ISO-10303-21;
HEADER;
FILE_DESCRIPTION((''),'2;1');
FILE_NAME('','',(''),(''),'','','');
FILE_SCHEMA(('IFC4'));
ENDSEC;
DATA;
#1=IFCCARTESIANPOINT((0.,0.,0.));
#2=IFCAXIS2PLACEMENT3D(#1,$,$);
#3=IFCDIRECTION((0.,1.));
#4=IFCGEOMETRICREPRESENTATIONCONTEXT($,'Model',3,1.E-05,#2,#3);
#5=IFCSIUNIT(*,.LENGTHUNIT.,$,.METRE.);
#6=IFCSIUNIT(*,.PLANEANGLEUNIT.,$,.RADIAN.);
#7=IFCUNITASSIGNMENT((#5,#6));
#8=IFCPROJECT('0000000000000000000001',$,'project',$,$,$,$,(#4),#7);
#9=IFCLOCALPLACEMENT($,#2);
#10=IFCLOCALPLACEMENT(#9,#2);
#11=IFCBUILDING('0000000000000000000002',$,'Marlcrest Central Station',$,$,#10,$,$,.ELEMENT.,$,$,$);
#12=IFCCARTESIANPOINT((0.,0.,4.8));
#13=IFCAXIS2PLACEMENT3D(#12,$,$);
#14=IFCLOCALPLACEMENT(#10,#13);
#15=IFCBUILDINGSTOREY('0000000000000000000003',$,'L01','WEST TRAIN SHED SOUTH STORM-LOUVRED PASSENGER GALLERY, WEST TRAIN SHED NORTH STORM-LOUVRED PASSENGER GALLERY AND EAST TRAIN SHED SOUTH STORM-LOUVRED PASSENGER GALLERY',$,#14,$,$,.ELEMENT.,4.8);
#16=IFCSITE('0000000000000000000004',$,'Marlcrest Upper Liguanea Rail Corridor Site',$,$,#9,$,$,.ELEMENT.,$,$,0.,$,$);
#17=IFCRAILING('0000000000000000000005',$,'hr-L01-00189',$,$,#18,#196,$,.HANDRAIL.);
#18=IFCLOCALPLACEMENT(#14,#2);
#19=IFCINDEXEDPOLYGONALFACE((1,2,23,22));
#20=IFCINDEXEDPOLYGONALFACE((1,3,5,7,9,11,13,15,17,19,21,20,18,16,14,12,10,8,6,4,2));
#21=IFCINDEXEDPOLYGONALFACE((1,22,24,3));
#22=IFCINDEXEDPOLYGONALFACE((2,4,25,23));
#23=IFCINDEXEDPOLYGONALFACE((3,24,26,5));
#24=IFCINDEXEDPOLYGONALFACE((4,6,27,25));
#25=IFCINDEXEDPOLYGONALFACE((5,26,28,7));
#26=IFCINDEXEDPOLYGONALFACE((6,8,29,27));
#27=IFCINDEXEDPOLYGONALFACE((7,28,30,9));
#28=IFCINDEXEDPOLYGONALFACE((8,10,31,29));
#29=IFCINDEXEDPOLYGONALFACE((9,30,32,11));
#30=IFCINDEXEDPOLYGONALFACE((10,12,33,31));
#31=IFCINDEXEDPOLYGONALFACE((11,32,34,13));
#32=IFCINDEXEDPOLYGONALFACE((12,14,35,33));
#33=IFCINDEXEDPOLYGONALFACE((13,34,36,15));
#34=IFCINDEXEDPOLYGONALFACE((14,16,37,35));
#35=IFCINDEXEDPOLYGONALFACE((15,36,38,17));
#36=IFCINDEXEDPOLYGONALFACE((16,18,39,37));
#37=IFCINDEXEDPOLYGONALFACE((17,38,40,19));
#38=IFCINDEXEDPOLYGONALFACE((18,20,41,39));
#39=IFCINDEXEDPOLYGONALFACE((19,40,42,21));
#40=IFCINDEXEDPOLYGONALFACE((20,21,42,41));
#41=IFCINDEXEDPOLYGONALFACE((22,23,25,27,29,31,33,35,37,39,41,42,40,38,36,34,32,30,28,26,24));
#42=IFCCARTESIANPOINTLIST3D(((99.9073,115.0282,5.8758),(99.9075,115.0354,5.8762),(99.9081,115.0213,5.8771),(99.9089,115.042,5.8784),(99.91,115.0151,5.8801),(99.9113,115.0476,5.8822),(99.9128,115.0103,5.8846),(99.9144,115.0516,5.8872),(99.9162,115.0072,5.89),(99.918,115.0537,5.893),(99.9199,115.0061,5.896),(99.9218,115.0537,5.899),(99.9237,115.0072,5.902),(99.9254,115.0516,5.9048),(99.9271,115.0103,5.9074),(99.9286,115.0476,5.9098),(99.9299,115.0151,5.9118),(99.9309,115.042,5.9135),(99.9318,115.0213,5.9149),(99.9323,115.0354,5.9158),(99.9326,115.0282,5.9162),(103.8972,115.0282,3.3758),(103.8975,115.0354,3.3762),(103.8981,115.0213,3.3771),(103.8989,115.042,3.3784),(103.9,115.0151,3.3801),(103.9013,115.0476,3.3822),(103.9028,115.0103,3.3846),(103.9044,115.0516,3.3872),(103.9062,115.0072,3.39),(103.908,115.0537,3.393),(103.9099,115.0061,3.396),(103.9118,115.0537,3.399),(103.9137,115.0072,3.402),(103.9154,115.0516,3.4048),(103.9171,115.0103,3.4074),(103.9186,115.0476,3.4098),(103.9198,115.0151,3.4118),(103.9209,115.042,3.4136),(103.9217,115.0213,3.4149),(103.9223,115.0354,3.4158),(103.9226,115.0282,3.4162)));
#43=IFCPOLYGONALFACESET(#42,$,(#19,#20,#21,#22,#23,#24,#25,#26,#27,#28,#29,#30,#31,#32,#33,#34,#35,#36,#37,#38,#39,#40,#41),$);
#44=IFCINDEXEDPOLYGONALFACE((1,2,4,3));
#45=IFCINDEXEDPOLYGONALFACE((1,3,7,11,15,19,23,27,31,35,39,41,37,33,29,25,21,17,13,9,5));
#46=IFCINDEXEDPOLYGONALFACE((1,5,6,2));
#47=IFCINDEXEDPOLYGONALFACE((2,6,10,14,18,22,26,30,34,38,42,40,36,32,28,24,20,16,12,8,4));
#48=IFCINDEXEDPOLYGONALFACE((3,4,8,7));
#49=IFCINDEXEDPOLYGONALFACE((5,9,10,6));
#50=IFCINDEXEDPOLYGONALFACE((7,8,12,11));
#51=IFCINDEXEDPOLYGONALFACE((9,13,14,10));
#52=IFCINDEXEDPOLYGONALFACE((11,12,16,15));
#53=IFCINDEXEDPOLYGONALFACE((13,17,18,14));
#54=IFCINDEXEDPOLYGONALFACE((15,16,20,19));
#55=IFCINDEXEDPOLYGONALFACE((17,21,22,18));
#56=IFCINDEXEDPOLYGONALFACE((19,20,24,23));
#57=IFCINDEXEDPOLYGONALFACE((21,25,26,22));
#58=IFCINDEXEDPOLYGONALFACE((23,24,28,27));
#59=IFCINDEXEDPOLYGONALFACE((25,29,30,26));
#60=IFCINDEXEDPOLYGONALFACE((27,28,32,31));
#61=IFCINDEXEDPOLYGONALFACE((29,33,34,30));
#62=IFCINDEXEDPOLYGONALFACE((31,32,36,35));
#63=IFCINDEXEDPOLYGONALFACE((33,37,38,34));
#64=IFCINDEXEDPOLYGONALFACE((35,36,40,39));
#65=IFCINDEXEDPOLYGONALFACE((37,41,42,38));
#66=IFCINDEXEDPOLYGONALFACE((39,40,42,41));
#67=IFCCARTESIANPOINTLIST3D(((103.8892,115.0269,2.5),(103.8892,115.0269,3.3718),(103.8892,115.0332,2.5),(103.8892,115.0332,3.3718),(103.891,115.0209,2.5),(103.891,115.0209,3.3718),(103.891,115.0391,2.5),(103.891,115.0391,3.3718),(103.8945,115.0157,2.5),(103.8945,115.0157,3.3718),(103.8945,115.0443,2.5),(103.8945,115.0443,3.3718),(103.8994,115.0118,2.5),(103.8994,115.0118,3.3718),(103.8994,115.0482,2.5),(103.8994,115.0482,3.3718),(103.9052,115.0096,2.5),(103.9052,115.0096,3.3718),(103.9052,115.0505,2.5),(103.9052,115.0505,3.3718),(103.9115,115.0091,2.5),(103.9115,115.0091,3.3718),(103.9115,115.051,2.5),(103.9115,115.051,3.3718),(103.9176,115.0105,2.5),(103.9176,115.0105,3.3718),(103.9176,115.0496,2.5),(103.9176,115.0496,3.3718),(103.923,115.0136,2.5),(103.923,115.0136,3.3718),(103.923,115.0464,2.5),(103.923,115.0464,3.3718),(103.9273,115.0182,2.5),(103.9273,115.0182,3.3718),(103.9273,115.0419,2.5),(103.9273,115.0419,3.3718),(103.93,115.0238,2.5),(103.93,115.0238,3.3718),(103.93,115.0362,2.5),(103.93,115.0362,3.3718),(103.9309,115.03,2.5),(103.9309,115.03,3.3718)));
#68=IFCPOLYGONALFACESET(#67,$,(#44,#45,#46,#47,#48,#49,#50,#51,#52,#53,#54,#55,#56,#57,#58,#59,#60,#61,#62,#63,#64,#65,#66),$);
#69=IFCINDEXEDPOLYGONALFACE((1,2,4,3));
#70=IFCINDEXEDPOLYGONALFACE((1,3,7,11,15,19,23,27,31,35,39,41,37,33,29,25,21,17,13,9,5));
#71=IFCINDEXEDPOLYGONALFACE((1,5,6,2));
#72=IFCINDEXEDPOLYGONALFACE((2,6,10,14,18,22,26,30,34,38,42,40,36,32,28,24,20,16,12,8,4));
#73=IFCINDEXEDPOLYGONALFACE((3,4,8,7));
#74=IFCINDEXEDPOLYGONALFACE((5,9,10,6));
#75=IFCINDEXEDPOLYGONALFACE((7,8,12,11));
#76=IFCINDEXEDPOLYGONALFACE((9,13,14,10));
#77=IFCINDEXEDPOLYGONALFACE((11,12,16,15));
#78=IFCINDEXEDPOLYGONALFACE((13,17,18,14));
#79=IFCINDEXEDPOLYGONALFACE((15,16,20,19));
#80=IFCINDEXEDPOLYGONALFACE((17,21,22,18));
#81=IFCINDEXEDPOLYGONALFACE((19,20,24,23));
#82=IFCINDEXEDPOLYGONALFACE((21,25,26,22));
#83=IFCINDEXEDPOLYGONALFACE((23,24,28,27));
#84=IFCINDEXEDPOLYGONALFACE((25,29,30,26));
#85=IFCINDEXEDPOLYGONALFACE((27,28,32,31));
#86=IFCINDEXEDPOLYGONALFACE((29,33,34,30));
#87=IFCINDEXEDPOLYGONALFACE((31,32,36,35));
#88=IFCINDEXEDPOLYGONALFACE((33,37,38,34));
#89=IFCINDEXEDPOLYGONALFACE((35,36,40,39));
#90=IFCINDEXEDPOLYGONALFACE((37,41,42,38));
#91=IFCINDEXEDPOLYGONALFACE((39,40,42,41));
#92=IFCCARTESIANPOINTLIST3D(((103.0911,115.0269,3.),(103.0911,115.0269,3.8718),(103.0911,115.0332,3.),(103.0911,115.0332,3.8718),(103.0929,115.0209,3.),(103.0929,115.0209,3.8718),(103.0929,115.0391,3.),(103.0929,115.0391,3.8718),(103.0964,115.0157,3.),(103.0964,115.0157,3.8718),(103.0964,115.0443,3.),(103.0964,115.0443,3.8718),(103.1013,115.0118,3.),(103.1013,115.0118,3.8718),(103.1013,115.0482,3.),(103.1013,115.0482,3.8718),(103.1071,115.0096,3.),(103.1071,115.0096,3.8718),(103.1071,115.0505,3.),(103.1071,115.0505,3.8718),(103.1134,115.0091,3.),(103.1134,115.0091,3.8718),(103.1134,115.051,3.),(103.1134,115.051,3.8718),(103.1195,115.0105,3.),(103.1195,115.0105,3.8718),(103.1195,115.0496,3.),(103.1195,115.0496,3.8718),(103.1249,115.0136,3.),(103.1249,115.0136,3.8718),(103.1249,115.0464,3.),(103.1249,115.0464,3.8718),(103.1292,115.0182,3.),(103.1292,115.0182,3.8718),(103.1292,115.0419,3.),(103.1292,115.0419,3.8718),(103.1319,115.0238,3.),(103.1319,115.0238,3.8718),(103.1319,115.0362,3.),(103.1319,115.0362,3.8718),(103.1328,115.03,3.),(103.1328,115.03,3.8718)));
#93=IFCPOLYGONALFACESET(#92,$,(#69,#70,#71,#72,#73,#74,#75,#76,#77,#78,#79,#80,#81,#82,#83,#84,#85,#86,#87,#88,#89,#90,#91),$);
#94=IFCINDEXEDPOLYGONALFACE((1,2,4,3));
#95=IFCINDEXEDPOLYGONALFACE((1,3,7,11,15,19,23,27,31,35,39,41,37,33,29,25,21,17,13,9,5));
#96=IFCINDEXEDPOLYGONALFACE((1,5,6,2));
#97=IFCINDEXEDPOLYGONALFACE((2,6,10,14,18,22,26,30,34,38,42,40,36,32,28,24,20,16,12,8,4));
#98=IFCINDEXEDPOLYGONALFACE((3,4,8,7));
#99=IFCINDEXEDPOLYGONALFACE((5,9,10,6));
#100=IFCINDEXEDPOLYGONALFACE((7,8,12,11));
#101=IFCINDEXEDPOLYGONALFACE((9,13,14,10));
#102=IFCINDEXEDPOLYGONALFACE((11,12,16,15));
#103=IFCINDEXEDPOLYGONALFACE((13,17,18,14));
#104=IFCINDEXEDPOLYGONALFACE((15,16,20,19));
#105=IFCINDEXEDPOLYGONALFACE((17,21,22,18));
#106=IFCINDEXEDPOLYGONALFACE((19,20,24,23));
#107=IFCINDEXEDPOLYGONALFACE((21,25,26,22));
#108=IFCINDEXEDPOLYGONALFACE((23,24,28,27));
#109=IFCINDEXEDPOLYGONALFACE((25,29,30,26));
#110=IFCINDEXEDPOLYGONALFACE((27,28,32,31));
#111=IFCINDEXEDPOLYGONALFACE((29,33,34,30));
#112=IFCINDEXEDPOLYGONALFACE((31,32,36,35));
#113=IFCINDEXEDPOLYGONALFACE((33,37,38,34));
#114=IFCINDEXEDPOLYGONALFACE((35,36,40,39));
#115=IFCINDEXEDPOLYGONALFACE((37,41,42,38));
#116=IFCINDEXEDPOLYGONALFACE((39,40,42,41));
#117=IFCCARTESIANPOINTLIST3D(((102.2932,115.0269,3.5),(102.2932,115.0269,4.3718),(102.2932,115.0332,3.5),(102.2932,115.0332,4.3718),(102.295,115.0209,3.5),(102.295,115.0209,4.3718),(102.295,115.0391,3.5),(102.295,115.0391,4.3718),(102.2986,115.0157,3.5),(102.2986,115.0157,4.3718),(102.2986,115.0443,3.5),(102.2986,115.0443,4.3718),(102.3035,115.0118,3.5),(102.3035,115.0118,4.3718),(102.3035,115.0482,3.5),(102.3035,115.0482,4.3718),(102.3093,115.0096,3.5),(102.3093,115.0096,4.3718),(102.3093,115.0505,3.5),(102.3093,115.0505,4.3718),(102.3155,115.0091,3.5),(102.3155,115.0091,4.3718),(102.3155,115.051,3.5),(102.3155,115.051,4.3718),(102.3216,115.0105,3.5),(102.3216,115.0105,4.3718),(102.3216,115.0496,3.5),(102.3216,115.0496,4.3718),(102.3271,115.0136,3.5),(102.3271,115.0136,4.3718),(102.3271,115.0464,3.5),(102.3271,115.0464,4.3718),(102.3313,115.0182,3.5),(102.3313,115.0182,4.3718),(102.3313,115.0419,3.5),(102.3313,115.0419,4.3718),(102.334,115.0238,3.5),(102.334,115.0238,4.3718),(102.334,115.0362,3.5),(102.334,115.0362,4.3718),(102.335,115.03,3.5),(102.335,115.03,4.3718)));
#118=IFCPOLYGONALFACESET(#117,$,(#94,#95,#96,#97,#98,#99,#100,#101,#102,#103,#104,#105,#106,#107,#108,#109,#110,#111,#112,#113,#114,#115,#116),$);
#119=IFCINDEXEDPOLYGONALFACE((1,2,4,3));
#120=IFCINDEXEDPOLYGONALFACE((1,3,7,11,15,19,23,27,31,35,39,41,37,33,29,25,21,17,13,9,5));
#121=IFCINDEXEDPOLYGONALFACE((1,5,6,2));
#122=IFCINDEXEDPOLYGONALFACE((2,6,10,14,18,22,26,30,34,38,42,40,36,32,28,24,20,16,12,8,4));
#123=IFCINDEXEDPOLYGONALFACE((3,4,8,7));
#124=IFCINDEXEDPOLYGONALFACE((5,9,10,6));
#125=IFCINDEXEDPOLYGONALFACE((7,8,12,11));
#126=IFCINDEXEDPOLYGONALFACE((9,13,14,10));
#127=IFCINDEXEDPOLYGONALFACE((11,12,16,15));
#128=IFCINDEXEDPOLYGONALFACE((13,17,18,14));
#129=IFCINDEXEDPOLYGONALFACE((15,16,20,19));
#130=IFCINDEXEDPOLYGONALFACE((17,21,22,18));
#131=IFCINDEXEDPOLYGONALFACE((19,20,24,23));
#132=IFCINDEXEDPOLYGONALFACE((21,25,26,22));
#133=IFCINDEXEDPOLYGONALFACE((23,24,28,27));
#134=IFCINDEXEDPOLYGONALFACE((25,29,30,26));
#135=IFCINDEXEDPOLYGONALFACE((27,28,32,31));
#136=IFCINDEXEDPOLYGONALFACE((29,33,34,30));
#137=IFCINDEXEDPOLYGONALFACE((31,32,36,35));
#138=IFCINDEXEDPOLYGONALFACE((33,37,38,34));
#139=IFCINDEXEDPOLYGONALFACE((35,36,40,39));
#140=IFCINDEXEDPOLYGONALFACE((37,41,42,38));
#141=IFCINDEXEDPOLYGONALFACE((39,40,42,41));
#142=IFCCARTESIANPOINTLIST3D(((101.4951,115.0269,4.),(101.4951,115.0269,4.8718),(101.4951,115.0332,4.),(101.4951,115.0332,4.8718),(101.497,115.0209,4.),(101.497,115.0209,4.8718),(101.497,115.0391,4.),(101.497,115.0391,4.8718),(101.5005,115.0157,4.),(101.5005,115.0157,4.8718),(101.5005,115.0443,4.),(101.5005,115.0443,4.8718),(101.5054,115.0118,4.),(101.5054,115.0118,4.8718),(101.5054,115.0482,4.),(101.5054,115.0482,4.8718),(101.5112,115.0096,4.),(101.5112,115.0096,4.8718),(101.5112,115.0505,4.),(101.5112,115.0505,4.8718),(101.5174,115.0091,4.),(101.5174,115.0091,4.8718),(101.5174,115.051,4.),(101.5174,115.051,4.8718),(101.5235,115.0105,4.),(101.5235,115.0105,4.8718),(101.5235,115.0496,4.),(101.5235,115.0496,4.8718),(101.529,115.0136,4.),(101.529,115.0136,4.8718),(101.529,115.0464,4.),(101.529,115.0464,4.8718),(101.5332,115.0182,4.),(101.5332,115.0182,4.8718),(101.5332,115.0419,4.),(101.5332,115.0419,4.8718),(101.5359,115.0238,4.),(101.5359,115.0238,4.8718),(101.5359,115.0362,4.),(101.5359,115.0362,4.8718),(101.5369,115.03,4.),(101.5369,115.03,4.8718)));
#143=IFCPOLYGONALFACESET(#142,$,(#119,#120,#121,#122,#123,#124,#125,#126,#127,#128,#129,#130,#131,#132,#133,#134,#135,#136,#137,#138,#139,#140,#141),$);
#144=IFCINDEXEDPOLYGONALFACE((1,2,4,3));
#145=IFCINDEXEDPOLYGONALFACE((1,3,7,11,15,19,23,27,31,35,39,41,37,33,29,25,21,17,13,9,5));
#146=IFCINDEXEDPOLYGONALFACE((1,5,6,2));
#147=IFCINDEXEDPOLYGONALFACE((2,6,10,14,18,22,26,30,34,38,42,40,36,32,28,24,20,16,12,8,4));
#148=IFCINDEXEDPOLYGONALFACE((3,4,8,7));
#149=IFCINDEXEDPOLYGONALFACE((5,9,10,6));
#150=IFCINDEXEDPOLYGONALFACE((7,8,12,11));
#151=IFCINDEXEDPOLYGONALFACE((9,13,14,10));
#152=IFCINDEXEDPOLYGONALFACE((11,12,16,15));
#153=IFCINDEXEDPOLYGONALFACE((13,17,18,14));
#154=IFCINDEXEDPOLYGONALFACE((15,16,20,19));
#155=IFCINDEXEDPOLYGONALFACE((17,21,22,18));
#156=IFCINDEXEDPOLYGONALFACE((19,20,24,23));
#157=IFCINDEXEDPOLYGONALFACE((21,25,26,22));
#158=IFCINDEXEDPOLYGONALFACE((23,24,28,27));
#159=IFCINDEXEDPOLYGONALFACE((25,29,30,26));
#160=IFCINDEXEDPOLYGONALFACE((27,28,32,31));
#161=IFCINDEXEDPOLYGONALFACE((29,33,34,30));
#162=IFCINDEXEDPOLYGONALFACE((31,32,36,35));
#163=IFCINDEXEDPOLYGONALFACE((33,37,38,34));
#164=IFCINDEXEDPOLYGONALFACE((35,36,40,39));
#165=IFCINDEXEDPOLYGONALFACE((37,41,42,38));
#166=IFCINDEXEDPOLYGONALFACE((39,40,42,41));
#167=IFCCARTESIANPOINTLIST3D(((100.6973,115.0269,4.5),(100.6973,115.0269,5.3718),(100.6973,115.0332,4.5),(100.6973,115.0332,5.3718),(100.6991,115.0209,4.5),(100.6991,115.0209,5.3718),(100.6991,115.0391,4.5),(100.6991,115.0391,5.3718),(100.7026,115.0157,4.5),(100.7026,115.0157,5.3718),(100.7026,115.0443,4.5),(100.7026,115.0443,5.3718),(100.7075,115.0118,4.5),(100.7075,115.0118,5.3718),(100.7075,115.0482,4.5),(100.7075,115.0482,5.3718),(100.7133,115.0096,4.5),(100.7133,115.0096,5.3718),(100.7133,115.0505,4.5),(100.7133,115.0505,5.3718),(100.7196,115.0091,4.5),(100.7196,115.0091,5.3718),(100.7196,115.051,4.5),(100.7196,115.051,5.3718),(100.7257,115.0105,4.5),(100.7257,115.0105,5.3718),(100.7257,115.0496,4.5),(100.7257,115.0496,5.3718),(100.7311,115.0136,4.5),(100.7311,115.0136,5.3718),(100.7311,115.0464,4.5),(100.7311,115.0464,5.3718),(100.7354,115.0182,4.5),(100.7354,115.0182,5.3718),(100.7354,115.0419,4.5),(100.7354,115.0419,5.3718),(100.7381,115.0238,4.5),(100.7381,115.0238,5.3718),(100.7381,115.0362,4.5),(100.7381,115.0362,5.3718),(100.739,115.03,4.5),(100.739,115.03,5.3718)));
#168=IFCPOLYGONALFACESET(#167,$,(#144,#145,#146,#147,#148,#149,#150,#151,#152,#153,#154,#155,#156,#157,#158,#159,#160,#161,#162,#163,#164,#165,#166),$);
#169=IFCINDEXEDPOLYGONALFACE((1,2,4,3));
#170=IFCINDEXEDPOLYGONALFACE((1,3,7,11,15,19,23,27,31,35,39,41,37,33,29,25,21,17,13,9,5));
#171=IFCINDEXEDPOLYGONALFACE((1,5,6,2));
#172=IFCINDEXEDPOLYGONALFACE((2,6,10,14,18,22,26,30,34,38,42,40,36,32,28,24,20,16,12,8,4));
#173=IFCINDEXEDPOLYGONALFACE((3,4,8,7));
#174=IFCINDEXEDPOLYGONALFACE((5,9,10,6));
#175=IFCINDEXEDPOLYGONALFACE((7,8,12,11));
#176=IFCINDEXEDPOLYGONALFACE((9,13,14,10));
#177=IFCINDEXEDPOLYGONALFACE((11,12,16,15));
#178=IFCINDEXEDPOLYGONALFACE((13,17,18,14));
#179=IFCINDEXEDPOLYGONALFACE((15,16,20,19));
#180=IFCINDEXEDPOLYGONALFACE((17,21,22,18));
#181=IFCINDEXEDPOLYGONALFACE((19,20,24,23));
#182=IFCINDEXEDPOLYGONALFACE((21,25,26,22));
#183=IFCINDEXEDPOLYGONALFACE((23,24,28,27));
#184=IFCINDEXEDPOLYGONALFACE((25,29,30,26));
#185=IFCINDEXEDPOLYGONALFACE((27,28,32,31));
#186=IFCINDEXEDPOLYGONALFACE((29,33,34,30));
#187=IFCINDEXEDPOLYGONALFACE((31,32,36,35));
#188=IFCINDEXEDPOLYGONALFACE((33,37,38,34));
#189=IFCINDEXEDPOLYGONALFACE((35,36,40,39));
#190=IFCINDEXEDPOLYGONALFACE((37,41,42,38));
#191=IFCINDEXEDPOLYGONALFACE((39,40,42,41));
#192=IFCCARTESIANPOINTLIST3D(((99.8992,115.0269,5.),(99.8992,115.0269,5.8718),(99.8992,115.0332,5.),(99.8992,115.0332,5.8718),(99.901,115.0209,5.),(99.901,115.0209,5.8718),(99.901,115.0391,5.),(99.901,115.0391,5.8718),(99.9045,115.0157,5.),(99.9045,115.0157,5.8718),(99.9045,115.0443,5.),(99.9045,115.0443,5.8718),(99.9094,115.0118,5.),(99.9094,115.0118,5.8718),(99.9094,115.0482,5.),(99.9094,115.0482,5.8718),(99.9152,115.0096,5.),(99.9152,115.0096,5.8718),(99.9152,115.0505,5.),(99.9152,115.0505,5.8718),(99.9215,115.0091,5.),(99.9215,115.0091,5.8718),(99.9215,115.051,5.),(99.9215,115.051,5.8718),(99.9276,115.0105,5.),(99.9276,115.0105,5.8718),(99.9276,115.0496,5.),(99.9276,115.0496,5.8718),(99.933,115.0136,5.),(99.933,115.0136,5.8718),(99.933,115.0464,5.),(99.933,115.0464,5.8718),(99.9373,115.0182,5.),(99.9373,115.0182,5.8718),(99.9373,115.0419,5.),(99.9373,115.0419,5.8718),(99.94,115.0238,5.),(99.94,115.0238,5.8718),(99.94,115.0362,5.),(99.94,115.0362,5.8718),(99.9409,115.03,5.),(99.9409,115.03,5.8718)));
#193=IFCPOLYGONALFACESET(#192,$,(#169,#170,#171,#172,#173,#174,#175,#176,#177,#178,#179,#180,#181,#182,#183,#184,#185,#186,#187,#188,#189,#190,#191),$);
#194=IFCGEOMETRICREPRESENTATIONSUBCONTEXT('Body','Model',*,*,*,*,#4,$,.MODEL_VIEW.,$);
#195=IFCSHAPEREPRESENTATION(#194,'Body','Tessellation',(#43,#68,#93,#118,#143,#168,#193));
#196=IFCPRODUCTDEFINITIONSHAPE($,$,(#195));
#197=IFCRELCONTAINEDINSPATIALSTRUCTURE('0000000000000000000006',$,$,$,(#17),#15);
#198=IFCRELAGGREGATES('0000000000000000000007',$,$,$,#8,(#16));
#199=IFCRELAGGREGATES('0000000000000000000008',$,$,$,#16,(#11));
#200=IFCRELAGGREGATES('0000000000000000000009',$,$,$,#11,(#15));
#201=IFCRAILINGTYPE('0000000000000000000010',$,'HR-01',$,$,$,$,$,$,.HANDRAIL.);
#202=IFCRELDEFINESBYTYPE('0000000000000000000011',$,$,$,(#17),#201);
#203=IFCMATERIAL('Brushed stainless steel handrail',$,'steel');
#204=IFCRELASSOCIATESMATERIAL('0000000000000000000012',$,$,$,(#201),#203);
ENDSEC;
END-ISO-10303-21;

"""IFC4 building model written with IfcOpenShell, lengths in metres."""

from ifc_helpers import new_model, si_unit, direction, frame, origin, origin_2d, place, context, subcontext, project, spatial, circle, extrude, material, type_object, element, save


model = new_model("IFC4")

# Units and contexts
model_context = context("Model", 3, precision=1e-05, world=origin(), true_north=direction((0.0, 1.0)))
body_context = subcontext(model_context, "Body", "Model", "MODEL_VIEW")
ifc_project = project(units=[si_unit("LENGTHUNIT", "METRE"), si_unit("PLANEANGLEUNIT", "RADIAN")], contexts=[model_context])

# Site, building, storey
site_placement = place(None, origin())
site = spatial("IfcSite", under=ifc_project, at=site_placement, Name="Marlcrest Upper Liguanea Rail Corridor Site", CompositionType="ELEMENT", RefElevation=0.0)
building_placement = place(site_placement, origin())
building = spatial("IfcBuilding", under=site, at=building_placement, Name="Marlcrest Central Station", CompositionType="ELEMENT")
storey_placement = place(building_placement, frame((0.0, 0.0, 4.8)))
storey = spatial("IfcBuildingStorey", under=building, at=storey_placement, Name="L01", Description="WEST TRAIN SHED SOUTH STORM-LOUVRED PASSENGER GALLERY, WEST TRAIN SHED NORTH STORM-LOUVRED PASSENGER GALLERY AND EAST TRAIN SHED SOUTH STORM-LOUVRED PASSENGER GALLERY", CompositionType="ELEMENT", Elevation=4.8)

# Railing
ifc_material_1 = material(Name="Brushed stainless steel handrail", Category="steel")
railing_type = type_object("IfcRailingType", Name="HR-01", PredefinedType="HANDRAIL", material=ifc_material_1)
railing_1_placement = place(storey_placement, frame((103.9099, 115.03, 2.5)))
element("IfcRailing", 1, at=railing_1_placement, inside=storey, type_object=railing_type, Name="hr-L01-00189", PredefinedType="HANDRAIL", context=body_context, shape_type="SweptSolid", body=[
    extrude(circle(Radius=0.0239, at=origin_2d()), frame((0.0, 0.0, 0.896), z_axis=(-0.847401, 0.0, 0.530954), x_axis=(0.0, -1.0, 0.0)), (0.0, 0.0, 1.0), 4.7085),
    extrude(circle(Radius=0.021, at=origin_2d()), origin(), (0.0, 0.0, 1.0), 0.8718),
    extrude(circle(Radius=0.021, at=origin_2d()), frame((-0.7981, 0.0, 0.5)), (0.0, 0.0, 1.0), 0.8718),
    extrude(circle(Radius=0.021, at=origin_2d()), frame((-1.5959, 0.0, 1.0)), (0.0, 0.0, 1.0), 0.8718),
    extrude(circle(Radius=0.021, at=origin_2d()), frame((-2.394, 0.0, 1.5)), (0.0, 0.0, 1.0), 0.8718),
    extrude(circle(Radius=0.021, at=origin_2d()), frame((-3.1919, 0.0, 2.0)), (0.0, 0.0, 1.0), 0.8718),
    extrude(circle(Radius=0.021, at=origin_2d()), frame((-3.99, 0.0, 2.5)), (0.0, 0.0, 1.0), 0.8718),
])

save(model, "model.ifc")
